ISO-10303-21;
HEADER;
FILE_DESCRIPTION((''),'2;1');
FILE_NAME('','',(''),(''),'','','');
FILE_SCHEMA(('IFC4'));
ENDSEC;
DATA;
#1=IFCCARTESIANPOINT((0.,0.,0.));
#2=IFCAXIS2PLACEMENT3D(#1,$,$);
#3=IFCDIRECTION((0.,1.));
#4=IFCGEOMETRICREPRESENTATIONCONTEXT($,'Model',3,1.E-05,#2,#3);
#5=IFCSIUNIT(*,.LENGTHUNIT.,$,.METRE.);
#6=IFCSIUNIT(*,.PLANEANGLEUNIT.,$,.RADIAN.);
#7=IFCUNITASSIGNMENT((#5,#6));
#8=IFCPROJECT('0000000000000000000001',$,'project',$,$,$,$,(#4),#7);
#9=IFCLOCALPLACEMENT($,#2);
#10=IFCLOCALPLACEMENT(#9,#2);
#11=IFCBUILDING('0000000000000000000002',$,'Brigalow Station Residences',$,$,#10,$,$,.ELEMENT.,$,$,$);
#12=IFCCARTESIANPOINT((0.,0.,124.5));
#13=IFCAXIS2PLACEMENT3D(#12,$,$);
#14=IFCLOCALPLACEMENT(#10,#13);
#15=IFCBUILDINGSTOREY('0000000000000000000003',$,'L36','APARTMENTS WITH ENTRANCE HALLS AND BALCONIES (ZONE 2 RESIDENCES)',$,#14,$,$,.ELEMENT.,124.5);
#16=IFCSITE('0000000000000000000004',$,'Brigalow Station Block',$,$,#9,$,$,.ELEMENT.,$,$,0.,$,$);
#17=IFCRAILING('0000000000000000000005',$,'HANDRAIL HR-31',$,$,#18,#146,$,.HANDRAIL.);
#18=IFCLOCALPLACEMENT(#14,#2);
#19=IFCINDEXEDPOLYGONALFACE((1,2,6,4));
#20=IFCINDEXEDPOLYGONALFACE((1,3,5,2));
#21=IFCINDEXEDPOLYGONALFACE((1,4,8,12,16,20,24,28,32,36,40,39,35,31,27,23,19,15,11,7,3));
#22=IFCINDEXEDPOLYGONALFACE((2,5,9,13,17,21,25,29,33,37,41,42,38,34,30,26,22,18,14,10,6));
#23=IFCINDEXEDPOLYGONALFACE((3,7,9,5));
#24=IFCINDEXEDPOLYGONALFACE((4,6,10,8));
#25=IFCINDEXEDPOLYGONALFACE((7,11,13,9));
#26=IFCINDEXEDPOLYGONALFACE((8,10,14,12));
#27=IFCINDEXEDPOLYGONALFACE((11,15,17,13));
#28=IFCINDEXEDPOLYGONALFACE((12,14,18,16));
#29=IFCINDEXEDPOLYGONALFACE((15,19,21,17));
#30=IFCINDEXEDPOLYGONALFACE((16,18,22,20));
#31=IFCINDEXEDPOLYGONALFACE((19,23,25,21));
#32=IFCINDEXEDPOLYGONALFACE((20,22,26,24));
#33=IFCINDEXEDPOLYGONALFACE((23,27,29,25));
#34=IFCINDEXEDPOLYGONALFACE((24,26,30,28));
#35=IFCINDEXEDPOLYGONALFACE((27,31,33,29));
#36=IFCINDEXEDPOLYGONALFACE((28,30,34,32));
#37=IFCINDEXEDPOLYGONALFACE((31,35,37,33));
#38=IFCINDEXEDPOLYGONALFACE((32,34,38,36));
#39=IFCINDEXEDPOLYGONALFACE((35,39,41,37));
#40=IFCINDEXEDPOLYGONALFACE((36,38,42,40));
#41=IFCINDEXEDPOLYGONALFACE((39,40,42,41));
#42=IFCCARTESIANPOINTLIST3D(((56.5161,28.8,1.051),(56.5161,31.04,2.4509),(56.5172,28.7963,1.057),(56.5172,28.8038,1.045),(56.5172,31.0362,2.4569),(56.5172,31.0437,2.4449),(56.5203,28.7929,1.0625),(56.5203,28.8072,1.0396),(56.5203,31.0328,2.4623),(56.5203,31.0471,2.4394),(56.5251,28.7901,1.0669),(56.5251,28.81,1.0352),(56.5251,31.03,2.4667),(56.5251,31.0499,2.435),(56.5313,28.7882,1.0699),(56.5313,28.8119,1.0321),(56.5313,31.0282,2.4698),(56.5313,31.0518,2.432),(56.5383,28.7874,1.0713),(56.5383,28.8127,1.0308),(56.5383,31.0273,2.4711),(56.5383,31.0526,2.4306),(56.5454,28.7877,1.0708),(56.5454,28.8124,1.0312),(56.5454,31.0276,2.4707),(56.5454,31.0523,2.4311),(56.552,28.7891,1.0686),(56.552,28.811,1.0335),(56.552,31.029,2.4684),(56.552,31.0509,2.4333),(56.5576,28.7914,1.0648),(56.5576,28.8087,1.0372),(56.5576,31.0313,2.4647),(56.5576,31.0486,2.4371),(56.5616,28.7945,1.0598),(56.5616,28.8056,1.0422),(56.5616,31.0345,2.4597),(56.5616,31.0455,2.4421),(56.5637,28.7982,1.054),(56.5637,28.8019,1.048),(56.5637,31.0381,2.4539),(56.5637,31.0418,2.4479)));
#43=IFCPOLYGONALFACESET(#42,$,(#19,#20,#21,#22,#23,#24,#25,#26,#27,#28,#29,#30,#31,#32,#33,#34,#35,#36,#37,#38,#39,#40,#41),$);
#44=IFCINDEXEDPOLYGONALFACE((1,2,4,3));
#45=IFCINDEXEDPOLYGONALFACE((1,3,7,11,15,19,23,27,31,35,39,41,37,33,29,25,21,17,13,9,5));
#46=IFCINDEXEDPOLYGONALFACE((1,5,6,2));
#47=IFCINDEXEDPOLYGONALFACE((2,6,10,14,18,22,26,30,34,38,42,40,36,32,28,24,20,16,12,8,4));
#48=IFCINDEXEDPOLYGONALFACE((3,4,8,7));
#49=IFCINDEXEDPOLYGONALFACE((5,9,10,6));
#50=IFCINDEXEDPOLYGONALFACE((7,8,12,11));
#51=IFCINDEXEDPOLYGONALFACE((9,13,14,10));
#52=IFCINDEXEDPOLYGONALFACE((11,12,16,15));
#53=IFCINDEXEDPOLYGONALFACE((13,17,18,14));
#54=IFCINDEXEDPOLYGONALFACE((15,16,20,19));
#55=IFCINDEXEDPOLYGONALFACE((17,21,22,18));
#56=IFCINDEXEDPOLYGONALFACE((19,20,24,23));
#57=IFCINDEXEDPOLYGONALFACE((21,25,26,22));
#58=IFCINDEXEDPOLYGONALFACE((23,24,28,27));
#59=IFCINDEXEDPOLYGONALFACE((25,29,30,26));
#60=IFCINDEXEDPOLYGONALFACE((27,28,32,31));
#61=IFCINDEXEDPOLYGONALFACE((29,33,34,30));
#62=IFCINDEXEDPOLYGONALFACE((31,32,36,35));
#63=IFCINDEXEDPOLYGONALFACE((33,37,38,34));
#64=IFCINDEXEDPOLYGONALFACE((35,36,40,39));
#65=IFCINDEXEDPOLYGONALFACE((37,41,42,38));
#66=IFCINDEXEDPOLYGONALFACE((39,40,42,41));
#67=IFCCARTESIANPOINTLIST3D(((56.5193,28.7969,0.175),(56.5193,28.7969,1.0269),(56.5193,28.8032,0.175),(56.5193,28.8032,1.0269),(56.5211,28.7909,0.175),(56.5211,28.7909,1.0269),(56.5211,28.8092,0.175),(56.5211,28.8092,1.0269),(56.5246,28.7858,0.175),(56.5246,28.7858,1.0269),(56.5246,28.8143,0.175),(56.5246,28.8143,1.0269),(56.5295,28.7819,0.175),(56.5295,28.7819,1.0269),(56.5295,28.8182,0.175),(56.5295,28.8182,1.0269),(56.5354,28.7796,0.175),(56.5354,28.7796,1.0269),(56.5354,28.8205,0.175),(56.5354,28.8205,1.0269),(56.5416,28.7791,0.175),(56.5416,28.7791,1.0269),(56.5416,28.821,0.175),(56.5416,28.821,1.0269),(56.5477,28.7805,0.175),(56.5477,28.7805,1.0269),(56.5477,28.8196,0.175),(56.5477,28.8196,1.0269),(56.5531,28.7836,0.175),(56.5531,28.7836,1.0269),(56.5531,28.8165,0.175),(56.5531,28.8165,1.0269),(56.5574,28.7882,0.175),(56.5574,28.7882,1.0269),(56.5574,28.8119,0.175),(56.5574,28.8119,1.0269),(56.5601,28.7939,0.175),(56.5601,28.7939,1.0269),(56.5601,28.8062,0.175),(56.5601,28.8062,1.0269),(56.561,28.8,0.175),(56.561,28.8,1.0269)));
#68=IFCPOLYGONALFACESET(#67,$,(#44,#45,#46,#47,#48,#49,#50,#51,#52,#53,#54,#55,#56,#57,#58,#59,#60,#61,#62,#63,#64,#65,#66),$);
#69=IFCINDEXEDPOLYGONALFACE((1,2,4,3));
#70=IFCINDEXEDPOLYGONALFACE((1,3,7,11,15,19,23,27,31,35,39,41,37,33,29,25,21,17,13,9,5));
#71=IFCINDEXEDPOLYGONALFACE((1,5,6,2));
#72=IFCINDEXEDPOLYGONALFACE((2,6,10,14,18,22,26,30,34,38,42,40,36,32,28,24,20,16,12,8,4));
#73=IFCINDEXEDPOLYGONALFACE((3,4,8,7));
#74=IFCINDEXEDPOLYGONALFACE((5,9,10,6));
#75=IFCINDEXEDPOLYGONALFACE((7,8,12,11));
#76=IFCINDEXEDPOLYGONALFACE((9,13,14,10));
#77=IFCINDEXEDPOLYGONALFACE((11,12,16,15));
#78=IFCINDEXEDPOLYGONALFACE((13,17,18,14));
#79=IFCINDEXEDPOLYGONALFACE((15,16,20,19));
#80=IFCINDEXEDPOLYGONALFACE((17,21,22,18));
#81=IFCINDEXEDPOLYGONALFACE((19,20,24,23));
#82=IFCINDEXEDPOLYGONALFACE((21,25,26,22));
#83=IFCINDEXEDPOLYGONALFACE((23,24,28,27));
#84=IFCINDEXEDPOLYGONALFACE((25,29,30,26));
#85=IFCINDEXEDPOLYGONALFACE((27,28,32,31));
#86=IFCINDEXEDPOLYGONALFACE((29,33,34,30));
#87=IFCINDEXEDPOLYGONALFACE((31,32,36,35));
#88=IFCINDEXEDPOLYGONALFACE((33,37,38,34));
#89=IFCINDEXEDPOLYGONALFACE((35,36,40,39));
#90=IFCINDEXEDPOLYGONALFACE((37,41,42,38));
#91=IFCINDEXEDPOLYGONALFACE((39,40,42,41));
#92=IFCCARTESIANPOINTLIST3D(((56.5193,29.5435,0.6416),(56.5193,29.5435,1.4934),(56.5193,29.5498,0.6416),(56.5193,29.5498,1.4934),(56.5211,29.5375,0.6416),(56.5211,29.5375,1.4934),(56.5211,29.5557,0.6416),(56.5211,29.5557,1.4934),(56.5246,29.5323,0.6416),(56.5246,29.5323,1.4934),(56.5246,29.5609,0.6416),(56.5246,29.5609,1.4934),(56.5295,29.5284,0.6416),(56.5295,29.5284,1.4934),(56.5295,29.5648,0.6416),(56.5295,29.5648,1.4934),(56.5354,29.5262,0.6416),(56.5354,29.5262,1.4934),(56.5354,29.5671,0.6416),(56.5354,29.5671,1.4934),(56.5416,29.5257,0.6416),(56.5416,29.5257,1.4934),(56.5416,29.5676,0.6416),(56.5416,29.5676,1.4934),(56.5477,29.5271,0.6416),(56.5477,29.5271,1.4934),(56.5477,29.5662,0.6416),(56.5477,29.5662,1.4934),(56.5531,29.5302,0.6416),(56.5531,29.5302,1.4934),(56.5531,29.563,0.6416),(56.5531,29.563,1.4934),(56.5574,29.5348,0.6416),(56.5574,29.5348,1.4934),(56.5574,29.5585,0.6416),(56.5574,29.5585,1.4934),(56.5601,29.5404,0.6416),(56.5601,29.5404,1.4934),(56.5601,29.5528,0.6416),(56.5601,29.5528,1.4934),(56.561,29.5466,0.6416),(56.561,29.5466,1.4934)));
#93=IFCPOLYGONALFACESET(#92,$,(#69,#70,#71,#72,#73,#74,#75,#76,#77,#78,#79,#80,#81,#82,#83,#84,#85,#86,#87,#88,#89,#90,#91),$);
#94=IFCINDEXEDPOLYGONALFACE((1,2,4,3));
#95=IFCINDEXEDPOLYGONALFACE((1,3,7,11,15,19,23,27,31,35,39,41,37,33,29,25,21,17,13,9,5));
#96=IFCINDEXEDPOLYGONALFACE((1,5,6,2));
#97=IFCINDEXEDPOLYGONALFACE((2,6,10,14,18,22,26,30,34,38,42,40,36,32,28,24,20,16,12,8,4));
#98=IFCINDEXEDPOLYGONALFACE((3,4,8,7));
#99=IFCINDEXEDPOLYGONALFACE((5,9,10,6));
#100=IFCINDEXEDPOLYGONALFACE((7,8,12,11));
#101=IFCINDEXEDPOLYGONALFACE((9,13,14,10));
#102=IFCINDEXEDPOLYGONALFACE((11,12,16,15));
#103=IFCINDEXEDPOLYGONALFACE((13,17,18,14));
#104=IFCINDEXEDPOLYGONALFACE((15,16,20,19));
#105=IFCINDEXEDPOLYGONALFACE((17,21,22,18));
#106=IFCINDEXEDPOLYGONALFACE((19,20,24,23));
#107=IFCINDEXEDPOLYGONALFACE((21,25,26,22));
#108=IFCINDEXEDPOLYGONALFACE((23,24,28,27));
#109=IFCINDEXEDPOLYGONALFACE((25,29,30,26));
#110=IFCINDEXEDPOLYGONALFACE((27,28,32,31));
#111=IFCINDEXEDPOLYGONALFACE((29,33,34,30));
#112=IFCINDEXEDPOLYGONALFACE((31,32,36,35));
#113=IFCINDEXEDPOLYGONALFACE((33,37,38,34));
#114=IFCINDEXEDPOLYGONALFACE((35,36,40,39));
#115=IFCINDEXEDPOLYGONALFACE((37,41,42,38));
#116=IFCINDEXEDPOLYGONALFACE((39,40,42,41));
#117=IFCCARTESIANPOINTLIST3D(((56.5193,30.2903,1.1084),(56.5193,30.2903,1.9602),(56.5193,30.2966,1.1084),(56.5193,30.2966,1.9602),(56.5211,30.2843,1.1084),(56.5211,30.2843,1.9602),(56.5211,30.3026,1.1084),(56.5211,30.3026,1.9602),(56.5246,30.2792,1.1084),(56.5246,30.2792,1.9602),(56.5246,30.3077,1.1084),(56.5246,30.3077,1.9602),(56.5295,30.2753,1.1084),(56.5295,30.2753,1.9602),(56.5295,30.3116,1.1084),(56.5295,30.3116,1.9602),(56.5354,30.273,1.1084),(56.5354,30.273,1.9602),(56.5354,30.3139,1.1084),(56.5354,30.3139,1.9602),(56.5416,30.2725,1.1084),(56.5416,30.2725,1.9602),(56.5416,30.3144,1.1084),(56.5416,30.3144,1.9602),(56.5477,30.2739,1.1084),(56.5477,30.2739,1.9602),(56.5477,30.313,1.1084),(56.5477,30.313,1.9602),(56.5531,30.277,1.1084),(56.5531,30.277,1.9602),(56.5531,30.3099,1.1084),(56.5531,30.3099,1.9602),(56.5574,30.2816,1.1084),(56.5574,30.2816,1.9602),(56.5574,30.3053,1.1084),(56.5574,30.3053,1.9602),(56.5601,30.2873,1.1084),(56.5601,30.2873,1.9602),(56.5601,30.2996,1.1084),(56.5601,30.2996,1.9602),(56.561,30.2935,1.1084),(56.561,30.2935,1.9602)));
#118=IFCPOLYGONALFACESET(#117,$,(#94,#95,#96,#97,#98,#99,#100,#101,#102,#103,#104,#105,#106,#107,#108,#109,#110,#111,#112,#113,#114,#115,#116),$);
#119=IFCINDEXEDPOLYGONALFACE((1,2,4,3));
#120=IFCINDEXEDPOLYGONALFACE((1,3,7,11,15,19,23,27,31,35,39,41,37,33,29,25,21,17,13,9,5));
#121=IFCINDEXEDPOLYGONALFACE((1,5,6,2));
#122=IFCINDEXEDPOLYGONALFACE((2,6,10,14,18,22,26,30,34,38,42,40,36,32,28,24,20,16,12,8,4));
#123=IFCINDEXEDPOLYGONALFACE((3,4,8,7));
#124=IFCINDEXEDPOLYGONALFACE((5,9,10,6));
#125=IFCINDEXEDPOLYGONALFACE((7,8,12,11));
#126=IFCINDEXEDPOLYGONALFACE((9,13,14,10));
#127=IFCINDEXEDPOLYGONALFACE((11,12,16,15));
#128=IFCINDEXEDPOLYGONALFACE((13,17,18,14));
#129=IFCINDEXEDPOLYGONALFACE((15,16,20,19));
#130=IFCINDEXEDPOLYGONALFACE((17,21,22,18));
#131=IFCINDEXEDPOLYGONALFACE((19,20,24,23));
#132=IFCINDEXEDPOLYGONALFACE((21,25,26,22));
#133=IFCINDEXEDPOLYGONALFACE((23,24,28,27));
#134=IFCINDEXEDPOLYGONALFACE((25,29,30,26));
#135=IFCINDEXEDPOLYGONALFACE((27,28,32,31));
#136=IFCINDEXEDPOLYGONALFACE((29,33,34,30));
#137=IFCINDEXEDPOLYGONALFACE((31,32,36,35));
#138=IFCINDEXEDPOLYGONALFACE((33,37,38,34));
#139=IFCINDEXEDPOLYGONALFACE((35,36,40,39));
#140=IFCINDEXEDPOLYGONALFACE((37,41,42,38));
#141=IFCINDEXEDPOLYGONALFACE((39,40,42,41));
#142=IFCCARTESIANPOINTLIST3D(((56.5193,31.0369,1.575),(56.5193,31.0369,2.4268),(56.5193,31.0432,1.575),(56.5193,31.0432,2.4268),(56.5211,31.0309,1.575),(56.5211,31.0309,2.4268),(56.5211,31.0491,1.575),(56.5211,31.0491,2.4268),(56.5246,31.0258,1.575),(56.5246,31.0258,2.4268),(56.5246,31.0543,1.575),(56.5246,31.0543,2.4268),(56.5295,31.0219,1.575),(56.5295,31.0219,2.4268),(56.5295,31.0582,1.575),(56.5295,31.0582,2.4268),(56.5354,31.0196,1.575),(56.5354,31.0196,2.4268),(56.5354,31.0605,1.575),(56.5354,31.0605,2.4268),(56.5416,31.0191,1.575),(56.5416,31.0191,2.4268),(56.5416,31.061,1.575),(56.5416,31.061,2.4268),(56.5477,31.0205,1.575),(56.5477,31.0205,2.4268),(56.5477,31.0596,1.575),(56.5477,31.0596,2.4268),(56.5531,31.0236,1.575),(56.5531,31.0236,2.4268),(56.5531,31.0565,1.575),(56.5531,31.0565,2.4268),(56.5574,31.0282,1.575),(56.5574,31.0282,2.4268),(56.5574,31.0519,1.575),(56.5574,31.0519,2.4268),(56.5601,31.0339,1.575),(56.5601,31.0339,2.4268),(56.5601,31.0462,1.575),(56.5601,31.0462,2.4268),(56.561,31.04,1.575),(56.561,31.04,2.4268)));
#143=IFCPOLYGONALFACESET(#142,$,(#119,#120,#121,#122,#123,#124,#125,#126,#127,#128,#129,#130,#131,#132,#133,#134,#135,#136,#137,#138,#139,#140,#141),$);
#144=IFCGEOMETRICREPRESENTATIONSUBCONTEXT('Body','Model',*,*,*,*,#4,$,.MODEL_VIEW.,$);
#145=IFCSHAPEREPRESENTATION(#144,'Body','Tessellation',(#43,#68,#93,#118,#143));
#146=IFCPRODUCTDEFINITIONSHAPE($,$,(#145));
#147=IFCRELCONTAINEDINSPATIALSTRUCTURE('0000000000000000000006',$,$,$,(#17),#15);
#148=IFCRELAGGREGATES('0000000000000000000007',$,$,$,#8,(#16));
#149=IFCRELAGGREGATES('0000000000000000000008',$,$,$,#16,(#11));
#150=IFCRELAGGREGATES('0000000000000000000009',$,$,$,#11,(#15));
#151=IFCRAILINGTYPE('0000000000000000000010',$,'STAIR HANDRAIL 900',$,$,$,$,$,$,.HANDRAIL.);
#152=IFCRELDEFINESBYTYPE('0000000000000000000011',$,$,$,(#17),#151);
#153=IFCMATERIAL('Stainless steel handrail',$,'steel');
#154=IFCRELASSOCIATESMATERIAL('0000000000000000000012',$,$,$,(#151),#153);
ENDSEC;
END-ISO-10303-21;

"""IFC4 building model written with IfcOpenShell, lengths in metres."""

from ifc_helpers import new_model, si_unit, direction, frame, origin, origin_2d, place, context, subcontext, project, spatial, circle, extrude, material, type_object, element, save


model = new_model("IFC4")

# Units and contexts
model_context = context("Model", 3, precision=1e-05, world=origin(), true_north=direction((0.0, 1.0)))
body_context = subcontext(model_context, "Body", "Model", "MODEL_VIEW")
ifc_project = project(units=[si_unit("LENGTHUNIT", "METRE"), si_unit("PLANEANGLEUNIT", "RADIAN")], contexts=[model_context])

# Site, building, storey
site_placement = place(None, origin())
site = spatial("IfcSite", under=ifc_project, at=site_placement, Name="Brigalow Station Block", CompositionType="ELEMENT", RefElevation=0.0)
building_placement = place(site_placement, origin())
building = spatial("IfcBuilding", under=site, at=building_placement, Name="Brigalow Station Residences", CompositionType="ELEMENT")
storey_placement = place(building_placement, frame((0.0, 0.0, 124.5)))
storey = spatial("IfcBuildingStorey", under=building, at=storey_placement, Name="L36", Description="APARTMENTS WITH ENTRANCE HALLS AND BALCONIES (ZONE 2 RESIDENCES)", CompositionType="ELEMENT", Elevation=124.5)

# Railing
ifc_material_1 = material(Name="Stainless steel handrail", Category="steel")
railing_type_1 = type_object("IfcRailingType", Name="STAIR HANDRAIL 900", PredefinedType="HANDRAIL", material=ifc_material_1)
railing_1_placement = place(storey_placement, frame((56.54, 28.8, 0.175)))
element("IfcRailing", 1, at=railing_1_placement, inside=storey, type_object=railing_type_1, Name="HANDRAIL HR-31", PredefinedType="HANDRAIL", context=body_context, shape_type="SweptSolid", body=[
    extrude(circle(Radius=0.0239, at=origin_2d()), frame((0.0, 0.0, 0.876), z_axis=(0.0, 0.848014, 0.529974), x_axis=(-1.0, 0.0, 0.0)), (0.0, 0.0, 1.0), 2.6414),
    extrude(circle(Radius=0.021, at=origin_2d()), origin(), (0.0, 0.0, 1.0), 0.8518),
    extrude(circle(Radius=0.021, at=origin_2d()), frame((0.0, 0.7466, 0.4666)), (0.0, 0.0, 1.0), 0.8518),
    extrude(circle(Radius=0.021, at=origin_2d()), frame((0.0, 1.4934, 0.9333)), (0.0, 0.0, 1.0), 0.8518),
    extrude(circle(Radius=0.021, at=origin_2d()), frame((0.0, 2.24, 1.3999)), (0.0, 0.0, 1.0), 0.8518),
])

save(model, "model.ifc")
